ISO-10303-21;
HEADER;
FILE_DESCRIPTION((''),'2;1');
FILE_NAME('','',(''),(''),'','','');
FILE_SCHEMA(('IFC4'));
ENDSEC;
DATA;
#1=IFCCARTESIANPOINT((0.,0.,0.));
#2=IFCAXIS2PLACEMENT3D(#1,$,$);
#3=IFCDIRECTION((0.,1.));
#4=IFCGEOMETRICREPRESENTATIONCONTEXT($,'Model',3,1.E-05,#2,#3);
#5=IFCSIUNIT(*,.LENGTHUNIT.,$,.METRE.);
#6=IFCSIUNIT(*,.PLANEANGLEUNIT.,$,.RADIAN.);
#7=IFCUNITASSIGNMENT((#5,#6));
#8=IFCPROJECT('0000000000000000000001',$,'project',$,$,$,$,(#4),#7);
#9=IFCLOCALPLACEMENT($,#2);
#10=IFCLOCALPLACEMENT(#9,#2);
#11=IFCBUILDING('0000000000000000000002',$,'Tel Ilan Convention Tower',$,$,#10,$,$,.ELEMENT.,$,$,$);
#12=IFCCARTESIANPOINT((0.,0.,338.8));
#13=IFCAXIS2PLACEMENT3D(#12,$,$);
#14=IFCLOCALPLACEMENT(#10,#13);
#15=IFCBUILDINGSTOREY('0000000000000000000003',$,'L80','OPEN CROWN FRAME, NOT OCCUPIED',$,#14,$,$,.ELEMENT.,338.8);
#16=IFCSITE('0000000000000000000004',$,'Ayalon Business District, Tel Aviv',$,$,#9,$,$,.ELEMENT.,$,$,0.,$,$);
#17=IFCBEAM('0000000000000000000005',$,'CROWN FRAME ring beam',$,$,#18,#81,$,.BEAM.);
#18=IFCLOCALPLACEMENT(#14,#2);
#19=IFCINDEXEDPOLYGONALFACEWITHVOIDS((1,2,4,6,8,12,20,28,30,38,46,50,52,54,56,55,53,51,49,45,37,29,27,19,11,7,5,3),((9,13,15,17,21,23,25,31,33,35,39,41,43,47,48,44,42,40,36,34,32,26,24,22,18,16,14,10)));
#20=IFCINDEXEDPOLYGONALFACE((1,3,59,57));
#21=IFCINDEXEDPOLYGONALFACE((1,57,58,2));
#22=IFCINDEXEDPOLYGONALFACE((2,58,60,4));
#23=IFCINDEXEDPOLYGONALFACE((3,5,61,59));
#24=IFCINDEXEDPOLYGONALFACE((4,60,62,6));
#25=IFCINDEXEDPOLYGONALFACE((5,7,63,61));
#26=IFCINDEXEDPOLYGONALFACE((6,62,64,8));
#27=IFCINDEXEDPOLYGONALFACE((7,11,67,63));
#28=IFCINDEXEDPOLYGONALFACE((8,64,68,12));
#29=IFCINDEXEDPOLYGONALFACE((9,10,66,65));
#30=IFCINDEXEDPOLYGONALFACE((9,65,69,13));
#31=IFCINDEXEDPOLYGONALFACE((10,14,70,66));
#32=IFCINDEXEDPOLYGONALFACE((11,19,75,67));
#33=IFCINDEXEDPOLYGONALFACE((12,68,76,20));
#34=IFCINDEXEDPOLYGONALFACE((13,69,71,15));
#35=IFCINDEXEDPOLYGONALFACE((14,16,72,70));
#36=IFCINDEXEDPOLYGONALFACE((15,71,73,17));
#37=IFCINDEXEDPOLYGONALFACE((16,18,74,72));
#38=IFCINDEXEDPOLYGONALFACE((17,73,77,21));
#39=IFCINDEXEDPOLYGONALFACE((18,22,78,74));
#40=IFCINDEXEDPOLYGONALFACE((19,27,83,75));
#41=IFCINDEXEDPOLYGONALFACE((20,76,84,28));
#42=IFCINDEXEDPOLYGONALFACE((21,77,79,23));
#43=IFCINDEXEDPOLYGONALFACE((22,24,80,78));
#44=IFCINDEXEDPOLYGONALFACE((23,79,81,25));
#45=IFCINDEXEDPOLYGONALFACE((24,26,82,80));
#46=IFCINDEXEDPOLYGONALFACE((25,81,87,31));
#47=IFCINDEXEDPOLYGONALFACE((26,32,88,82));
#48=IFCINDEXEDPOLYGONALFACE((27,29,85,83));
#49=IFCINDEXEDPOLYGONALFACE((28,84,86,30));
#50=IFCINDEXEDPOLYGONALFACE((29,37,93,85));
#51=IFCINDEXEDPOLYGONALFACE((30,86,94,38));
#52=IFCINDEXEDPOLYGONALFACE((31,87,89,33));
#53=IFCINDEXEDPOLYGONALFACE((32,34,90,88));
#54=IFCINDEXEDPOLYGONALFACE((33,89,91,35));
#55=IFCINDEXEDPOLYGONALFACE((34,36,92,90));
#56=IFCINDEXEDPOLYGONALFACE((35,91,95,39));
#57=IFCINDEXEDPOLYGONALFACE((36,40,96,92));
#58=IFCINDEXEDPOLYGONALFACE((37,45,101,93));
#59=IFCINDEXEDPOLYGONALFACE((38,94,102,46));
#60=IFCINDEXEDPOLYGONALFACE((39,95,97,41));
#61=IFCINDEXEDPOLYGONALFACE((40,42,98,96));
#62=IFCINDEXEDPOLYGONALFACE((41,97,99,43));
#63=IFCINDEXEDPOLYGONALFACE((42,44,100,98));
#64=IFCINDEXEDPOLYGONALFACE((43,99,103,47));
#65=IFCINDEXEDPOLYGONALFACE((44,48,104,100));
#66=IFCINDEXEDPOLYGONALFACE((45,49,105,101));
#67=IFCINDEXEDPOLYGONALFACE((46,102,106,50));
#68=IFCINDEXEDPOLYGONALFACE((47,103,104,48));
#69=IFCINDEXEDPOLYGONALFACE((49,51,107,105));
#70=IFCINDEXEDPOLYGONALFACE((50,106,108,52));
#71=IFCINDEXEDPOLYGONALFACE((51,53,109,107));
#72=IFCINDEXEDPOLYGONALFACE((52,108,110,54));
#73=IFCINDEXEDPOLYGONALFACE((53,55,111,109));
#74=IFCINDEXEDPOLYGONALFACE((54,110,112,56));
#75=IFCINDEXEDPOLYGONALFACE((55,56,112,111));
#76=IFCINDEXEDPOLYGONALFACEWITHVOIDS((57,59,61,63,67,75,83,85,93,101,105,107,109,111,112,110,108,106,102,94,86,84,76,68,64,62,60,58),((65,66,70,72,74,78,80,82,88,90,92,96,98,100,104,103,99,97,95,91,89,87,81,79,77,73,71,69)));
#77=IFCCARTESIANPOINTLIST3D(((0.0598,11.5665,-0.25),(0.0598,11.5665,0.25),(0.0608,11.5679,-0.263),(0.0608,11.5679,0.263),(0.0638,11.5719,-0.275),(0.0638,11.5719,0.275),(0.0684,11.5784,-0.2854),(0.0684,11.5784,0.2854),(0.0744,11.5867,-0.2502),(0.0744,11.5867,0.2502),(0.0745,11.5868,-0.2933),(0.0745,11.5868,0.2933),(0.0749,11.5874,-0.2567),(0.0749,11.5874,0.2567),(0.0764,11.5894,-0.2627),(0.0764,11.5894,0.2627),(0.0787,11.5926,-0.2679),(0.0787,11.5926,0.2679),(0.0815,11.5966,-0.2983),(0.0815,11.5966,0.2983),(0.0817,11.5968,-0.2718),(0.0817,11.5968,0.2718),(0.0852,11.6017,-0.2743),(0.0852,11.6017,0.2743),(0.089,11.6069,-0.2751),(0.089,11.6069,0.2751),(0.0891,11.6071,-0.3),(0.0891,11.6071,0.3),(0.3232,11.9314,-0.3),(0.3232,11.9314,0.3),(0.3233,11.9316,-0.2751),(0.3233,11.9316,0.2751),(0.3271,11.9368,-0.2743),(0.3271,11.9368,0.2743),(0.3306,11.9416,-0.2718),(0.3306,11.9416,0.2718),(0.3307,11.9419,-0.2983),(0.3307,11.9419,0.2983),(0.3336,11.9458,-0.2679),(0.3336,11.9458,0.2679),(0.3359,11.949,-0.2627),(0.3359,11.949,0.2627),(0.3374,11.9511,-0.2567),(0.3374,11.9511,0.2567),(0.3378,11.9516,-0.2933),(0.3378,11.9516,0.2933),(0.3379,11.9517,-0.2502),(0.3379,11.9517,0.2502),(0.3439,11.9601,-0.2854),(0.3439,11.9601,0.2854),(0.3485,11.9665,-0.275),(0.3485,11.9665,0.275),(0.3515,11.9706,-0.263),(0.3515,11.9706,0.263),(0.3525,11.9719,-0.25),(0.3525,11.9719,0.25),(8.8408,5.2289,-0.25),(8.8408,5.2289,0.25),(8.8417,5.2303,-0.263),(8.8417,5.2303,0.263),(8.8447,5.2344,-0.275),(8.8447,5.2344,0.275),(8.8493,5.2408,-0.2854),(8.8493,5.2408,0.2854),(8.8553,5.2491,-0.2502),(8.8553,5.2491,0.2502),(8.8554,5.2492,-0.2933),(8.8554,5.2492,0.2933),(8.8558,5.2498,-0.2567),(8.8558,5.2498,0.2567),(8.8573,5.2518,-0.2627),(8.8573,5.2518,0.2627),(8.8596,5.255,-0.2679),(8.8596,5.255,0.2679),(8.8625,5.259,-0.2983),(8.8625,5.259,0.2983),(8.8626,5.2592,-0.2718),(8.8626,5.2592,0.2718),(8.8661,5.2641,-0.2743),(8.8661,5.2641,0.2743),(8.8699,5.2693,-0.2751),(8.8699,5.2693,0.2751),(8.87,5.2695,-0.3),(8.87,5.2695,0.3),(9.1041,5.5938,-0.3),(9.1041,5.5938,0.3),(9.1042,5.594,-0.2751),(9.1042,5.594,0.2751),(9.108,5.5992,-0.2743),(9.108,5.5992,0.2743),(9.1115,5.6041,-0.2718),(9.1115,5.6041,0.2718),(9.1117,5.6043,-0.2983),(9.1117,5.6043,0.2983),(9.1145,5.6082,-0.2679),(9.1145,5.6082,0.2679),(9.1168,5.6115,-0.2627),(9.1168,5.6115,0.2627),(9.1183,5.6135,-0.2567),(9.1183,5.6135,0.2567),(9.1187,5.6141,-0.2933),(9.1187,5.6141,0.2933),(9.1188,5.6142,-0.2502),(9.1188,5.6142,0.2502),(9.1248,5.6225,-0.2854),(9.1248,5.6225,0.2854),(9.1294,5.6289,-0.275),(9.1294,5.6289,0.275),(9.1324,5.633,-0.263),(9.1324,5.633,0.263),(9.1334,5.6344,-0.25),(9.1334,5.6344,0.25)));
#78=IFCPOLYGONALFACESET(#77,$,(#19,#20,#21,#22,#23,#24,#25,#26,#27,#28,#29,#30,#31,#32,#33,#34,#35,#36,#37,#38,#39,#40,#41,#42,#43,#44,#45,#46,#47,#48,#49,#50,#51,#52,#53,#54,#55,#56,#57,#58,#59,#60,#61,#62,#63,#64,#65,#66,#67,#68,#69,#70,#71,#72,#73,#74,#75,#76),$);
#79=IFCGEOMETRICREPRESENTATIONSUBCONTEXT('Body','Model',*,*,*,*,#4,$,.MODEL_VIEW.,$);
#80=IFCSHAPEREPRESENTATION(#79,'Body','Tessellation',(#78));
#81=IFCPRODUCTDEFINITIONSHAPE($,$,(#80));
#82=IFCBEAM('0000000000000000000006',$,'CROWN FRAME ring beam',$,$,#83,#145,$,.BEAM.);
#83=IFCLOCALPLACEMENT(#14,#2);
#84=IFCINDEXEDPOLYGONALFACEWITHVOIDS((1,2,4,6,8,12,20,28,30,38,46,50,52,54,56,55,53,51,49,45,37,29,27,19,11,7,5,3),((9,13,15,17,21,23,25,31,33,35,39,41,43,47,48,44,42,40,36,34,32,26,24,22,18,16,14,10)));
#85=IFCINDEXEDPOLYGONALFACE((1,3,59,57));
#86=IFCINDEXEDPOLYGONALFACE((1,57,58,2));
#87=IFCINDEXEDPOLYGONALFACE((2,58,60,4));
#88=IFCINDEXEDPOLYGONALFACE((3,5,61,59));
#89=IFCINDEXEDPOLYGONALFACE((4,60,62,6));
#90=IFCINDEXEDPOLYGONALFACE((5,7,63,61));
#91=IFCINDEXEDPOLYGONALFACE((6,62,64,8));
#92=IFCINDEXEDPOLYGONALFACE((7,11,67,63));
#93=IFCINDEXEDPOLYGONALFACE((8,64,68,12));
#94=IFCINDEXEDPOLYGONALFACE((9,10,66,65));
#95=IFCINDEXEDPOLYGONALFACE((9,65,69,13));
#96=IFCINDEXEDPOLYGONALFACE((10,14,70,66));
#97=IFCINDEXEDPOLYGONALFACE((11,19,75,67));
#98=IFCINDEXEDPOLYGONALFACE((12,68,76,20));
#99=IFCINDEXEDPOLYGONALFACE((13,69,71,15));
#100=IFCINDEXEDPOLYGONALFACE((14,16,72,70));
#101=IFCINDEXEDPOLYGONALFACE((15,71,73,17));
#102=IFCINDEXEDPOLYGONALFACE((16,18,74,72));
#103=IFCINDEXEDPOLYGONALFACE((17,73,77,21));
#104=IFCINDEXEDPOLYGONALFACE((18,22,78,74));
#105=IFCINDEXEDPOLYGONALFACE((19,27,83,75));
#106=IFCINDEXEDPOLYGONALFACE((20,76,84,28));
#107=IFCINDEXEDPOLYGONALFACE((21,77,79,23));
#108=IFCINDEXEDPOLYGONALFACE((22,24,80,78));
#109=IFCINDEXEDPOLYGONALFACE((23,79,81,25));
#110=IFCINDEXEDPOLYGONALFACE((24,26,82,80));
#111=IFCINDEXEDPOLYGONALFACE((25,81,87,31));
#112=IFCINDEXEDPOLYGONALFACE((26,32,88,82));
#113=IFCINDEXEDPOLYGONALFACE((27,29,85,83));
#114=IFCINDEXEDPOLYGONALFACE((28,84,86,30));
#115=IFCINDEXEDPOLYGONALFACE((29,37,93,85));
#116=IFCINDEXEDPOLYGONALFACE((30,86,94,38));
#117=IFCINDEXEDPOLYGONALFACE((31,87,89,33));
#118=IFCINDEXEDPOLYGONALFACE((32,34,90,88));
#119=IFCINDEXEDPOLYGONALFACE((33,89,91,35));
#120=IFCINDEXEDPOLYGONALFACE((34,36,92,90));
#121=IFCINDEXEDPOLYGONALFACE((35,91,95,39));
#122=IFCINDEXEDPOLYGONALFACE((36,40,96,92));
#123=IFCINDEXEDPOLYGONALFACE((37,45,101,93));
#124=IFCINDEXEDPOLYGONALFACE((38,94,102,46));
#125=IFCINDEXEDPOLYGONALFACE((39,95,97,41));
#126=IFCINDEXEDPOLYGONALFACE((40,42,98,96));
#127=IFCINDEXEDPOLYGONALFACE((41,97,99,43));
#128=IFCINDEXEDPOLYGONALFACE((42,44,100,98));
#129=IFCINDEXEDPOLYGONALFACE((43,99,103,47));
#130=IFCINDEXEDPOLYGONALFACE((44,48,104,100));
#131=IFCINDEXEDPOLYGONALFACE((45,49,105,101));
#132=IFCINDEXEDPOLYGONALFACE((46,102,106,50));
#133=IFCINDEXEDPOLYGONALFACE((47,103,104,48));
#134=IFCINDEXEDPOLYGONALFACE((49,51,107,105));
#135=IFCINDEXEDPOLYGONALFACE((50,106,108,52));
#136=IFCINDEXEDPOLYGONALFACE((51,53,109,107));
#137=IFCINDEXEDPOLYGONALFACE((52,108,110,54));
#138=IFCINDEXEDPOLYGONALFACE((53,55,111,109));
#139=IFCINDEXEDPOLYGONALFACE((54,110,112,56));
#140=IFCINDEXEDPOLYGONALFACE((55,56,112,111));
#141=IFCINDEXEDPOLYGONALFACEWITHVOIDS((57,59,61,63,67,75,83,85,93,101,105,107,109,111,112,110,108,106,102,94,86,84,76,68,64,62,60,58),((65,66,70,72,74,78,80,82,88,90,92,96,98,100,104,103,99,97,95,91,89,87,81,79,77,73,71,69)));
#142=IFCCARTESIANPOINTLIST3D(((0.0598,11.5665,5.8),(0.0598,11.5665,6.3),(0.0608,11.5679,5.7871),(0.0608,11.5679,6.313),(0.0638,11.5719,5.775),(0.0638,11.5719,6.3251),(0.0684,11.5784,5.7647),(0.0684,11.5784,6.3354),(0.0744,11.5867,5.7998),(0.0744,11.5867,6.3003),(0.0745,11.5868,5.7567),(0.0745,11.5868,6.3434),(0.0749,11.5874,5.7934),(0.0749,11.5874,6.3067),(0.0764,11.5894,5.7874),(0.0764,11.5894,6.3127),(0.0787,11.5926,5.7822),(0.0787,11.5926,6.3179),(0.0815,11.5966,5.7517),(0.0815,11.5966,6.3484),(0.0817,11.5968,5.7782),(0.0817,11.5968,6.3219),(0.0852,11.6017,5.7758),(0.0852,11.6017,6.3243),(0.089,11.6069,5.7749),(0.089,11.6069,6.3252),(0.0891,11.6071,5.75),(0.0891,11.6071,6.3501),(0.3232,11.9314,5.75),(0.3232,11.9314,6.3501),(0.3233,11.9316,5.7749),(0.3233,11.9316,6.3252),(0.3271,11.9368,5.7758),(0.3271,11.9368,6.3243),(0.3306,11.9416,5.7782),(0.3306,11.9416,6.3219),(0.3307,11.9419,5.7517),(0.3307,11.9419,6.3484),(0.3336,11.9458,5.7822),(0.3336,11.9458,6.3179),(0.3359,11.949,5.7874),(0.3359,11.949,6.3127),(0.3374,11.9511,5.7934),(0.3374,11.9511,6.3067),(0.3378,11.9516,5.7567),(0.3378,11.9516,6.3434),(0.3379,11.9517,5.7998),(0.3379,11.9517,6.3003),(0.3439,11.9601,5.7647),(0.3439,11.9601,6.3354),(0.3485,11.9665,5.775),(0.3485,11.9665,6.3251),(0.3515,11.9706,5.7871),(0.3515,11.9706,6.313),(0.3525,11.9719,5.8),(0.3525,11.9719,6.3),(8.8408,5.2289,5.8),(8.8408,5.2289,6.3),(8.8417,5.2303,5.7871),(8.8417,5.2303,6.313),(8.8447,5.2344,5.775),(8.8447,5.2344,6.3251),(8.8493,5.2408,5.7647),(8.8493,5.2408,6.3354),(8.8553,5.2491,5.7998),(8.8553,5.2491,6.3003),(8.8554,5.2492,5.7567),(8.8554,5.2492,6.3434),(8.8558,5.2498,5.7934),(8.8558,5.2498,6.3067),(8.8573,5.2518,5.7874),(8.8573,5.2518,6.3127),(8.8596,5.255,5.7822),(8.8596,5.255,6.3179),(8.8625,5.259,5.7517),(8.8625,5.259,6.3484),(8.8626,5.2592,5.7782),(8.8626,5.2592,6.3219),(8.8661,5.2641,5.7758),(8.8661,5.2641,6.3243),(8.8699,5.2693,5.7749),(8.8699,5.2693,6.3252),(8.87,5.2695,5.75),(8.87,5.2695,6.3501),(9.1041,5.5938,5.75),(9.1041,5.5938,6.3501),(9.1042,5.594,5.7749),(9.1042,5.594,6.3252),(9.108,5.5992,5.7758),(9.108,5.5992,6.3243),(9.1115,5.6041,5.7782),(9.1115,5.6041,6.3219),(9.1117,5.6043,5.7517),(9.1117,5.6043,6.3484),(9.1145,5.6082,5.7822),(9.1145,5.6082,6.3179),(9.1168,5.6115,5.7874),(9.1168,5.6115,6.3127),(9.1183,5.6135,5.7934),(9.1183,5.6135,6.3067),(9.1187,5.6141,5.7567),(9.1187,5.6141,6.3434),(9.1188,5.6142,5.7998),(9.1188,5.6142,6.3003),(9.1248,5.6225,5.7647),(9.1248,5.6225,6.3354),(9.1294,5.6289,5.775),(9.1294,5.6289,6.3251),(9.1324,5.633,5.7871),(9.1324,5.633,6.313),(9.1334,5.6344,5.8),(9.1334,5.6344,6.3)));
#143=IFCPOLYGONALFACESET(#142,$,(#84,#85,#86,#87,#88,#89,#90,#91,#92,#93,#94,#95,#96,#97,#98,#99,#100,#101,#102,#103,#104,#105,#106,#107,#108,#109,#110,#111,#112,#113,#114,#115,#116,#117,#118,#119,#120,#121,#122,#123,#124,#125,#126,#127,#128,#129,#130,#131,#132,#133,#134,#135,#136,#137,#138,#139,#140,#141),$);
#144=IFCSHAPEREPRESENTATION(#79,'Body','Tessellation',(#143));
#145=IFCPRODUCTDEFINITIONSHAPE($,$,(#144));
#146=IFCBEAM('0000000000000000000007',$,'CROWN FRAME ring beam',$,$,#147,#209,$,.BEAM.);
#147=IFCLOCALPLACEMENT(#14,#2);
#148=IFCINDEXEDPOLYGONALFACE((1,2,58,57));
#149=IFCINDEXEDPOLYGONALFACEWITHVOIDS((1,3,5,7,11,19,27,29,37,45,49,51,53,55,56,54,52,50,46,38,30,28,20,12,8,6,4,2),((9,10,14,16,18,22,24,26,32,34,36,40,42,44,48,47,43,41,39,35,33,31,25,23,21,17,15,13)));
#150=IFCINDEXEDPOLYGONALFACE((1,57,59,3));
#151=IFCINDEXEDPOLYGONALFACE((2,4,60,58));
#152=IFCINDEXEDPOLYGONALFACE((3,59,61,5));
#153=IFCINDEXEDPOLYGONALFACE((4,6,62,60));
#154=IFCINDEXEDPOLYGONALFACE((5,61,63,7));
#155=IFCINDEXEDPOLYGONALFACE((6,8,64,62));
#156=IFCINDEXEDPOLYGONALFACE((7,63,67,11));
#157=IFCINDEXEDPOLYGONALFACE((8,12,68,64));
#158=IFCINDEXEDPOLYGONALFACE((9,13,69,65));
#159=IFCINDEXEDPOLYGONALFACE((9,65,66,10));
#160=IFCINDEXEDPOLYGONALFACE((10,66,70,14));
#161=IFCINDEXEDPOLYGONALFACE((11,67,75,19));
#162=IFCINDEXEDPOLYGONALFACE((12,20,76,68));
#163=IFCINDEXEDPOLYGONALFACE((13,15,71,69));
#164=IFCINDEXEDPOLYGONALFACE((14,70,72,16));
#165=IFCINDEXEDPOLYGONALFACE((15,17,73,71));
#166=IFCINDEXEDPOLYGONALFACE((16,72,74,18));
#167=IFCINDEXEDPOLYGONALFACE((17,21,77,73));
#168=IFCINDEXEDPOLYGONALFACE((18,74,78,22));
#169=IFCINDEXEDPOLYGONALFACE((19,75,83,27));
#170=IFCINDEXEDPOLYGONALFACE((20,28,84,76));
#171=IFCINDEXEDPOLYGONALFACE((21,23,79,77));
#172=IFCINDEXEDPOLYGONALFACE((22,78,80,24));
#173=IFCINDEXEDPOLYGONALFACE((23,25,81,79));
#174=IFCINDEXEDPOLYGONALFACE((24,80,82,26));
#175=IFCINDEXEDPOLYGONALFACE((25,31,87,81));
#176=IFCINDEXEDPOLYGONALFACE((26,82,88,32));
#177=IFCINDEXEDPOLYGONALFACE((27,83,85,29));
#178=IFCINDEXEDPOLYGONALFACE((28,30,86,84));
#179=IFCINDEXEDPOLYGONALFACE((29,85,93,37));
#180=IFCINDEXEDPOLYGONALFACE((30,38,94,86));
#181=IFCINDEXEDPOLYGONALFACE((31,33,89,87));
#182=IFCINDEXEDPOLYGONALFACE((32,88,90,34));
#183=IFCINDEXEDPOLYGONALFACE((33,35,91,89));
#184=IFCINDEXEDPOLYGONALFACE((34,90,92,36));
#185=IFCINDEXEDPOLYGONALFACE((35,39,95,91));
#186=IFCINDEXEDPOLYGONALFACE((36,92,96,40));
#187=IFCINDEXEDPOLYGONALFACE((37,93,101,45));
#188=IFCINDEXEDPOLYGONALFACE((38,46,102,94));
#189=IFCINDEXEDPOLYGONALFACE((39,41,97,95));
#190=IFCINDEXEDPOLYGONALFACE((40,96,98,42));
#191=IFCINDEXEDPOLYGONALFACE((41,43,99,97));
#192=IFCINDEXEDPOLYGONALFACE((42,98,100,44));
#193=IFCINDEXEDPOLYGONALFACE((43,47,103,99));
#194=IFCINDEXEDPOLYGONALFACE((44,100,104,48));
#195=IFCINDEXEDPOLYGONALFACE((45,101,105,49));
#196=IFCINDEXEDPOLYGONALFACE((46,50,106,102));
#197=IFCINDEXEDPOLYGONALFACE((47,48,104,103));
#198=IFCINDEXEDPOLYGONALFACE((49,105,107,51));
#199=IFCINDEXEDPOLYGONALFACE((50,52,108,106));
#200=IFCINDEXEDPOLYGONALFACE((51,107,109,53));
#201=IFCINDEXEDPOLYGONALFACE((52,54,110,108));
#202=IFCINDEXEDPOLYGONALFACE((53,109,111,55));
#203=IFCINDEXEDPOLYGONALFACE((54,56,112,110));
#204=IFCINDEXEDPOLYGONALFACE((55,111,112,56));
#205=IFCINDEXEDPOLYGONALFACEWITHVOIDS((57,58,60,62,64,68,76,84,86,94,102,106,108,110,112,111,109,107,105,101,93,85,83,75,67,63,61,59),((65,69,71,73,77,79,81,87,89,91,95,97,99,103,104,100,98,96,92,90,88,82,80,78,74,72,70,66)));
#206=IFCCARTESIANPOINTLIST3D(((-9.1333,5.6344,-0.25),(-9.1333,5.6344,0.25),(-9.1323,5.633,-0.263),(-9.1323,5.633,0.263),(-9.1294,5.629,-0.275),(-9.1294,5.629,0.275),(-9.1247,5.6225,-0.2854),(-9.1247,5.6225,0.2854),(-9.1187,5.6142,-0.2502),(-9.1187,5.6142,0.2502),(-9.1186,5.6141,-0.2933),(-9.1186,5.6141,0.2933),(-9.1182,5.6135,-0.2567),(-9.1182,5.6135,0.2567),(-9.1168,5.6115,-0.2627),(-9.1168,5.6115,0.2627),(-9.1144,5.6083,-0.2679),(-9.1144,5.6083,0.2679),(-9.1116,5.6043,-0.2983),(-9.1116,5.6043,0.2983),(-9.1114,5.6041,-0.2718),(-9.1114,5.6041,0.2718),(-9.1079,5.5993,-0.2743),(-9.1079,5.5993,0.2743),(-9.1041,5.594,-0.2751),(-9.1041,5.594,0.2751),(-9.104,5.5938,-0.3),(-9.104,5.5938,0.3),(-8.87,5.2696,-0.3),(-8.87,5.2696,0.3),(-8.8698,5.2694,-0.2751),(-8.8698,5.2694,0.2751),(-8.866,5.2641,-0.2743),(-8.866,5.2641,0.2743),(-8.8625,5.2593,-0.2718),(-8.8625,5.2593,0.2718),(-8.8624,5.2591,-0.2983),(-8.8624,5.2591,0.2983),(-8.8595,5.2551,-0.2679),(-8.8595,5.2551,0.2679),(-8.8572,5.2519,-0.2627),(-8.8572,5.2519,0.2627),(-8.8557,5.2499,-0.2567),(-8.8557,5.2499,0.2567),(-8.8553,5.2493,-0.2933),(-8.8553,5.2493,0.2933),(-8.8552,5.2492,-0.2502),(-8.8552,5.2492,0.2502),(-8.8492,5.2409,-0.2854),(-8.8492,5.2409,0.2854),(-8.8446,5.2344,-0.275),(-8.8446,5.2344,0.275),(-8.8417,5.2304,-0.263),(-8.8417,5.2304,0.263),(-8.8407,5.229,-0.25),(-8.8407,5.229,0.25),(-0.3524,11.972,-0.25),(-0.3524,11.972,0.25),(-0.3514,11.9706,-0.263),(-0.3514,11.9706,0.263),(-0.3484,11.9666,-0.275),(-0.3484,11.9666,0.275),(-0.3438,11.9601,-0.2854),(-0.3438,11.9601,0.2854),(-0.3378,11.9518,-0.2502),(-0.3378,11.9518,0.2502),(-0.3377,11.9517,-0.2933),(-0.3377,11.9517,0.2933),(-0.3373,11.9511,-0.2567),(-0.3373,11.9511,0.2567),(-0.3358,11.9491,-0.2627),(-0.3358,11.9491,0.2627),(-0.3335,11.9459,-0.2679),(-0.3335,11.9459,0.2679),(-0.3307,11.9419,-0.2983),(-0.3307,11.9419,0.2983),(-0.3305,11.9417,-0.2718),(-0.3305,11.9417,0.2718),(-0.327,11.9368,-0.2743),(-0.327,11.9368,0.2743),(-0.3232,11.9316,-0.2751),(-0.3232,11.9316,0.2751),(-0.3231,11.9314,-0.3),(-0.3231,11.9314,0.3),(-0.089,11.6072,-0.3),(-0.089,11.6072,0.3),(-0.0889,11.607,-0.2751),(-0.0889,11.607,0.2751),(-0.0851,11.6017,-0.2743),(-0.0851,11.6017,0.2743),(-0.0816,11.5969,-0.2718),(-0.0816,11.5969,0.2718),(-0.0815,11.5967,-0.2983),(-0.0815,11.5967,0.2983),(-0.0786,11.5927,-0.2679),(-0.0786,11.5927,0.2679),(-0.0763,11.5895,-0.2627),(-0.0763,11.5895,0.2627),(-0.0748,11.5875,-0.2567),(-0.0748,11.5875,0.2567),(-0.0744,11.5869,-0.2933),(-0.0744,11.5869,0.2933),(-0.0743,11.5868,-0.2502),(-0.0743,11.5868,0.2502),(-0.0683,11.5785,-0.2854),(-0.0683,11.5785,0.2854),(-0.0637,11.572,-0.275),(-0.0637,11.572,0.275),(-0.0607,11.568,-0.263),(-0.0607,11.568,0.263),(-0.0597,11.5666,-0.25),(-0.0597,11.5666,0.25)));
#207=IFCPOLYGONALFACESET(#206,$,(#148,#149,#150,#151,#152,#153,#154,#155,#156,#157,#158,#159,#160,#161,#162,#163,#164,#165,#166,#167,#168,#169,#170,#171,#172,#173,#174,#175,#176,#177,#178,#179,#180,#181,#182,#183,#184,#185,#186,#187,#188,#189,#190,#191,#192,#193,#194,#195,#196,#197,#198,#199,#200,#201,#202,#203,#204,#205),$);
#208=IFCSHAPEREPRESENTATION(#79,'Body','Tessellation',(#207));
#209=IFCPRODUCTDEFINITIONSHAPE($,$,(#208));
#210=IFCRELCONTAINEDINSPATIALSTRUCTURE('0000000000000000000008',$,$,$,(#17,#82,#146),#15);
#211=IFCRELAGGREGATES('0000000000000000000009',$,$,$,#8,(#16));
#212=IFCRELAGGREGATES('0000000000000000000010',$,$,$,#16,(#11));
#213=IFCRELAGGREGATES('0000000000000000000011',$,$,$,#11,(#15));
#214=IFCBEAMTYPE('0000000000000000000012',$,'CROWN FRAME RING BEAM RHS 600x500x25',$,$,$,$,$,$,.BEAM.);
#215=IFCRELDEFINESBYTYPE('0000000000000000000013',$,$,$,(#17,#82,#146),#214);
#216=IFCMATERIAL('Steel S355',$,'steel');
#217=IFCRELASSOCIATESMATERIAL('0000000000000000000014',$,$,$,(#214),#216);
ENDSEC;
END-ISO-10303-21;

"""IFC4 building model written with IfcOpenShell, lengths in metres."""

from ifc_helpers import new_model, si_unit, direction, frame, origin, origin_2d, place, context, subcontext, project, spatial, hollow_rectangle, extrude, material, material_profile, profile_set, type_object, element, save


model = new_model("IFC4")

# Units and contexts
model_context = context("Model", 3, precision=1e-05, world=origin(), true_north=direction((0.0, 1.0)))
body_context = subcontext(model_context, "Body", "Model", "MODEL_VIEW")
ifc_project = project(units=[si_unit("LENGTHUNIT", "METRE"), si_unit("PLANEANGLEUNIT", "RADIAN")], contexts=[model_context])

# Site, building, storey
site_placement = place(None, origin())
site = spatial("IfcSite", under=ifc_project, at=site_placement, Name="Ayalon Business District, Tel Aviv", CompositionType="ELEMENT", RefElevation=0.0)
building_placement = place(site_placement, origin())
building = spatial("IfcBuilding", under=site, at=building_placement, Name="Tel Ilan Convention Tower", CompositionType="ELEMENT")
storey_placement = place(building_placement, frame((0.0, 0.0, 338.8)))
storey = spatial("IfcBuildingStorey", under=building, at=storey_placement, Name="L80", Description="OPEN CROWN FRAME, NOT OCCUPIED", CompositionType="ELEMENT", Elevation=338.8)

# Beams
ifc_material_1 = material(Name="Steel S355", Category="steel")
ifc_material_profile_1 = material_profile(ifc_material_1, hollow_rectangle(XDim=0.5, YDim=0.6001, WallThickness=0.0249, InnerFilletRadius=0.0249, OuterFilletRadius=0.05, at=origin_2d()), Name="RHS 600x500x25")
ifc_profile_set_1 = profile_set([ifc_material_profile_1], Name="Steel S355")
beam_type = type_object("IfcBeamType", Name="CROWN FRAME RING BEAM RHS 600x500x25", PredefinedType="BEAM", material=ifc_profile_set_1)
for number, where, z_axis, x_axis, name in (
    (1, (8.9871, 5.4316, 0.0), (-0.810863, 0.585236, 0.0), (-0.585236, -0.810863, 0.0), "CROWN FRAME ring beam"),
    (2, (8.9871, 5.4316, 6.05), (-0.810863, 0.585236, 0.0), (-0.585236, -0.810863, 0.0), "CROWN FRAME ring beam"),
    (3, (-0.2061, 11.7693, 0.0), (-0.810863, -0.585236, 0.0), (0.585236, -0.810863, 0.0), "CROWN FRAME ring beam"),
):
    element("IfcBeam", number, at=place(storey_placement, frame(where, z_axis=z_axis, x_axis=x_axis)), inside=storey, type_object=beam_type, Name=name, PredefinedType="BEAM", context=body_context, shape_type="SweptSolid", body=[
        extrude(hollow_rectangle(XDim=0.5, YDim=0.6001, WallThickness=0.0249, InnerFilletRadius=0.0249, OuterFilletRadius=0.05, at=origin_2d()), origin(), (0.0, 0.0, 1.0), 10.8291),
    ])

save(model, "model.ifc")
